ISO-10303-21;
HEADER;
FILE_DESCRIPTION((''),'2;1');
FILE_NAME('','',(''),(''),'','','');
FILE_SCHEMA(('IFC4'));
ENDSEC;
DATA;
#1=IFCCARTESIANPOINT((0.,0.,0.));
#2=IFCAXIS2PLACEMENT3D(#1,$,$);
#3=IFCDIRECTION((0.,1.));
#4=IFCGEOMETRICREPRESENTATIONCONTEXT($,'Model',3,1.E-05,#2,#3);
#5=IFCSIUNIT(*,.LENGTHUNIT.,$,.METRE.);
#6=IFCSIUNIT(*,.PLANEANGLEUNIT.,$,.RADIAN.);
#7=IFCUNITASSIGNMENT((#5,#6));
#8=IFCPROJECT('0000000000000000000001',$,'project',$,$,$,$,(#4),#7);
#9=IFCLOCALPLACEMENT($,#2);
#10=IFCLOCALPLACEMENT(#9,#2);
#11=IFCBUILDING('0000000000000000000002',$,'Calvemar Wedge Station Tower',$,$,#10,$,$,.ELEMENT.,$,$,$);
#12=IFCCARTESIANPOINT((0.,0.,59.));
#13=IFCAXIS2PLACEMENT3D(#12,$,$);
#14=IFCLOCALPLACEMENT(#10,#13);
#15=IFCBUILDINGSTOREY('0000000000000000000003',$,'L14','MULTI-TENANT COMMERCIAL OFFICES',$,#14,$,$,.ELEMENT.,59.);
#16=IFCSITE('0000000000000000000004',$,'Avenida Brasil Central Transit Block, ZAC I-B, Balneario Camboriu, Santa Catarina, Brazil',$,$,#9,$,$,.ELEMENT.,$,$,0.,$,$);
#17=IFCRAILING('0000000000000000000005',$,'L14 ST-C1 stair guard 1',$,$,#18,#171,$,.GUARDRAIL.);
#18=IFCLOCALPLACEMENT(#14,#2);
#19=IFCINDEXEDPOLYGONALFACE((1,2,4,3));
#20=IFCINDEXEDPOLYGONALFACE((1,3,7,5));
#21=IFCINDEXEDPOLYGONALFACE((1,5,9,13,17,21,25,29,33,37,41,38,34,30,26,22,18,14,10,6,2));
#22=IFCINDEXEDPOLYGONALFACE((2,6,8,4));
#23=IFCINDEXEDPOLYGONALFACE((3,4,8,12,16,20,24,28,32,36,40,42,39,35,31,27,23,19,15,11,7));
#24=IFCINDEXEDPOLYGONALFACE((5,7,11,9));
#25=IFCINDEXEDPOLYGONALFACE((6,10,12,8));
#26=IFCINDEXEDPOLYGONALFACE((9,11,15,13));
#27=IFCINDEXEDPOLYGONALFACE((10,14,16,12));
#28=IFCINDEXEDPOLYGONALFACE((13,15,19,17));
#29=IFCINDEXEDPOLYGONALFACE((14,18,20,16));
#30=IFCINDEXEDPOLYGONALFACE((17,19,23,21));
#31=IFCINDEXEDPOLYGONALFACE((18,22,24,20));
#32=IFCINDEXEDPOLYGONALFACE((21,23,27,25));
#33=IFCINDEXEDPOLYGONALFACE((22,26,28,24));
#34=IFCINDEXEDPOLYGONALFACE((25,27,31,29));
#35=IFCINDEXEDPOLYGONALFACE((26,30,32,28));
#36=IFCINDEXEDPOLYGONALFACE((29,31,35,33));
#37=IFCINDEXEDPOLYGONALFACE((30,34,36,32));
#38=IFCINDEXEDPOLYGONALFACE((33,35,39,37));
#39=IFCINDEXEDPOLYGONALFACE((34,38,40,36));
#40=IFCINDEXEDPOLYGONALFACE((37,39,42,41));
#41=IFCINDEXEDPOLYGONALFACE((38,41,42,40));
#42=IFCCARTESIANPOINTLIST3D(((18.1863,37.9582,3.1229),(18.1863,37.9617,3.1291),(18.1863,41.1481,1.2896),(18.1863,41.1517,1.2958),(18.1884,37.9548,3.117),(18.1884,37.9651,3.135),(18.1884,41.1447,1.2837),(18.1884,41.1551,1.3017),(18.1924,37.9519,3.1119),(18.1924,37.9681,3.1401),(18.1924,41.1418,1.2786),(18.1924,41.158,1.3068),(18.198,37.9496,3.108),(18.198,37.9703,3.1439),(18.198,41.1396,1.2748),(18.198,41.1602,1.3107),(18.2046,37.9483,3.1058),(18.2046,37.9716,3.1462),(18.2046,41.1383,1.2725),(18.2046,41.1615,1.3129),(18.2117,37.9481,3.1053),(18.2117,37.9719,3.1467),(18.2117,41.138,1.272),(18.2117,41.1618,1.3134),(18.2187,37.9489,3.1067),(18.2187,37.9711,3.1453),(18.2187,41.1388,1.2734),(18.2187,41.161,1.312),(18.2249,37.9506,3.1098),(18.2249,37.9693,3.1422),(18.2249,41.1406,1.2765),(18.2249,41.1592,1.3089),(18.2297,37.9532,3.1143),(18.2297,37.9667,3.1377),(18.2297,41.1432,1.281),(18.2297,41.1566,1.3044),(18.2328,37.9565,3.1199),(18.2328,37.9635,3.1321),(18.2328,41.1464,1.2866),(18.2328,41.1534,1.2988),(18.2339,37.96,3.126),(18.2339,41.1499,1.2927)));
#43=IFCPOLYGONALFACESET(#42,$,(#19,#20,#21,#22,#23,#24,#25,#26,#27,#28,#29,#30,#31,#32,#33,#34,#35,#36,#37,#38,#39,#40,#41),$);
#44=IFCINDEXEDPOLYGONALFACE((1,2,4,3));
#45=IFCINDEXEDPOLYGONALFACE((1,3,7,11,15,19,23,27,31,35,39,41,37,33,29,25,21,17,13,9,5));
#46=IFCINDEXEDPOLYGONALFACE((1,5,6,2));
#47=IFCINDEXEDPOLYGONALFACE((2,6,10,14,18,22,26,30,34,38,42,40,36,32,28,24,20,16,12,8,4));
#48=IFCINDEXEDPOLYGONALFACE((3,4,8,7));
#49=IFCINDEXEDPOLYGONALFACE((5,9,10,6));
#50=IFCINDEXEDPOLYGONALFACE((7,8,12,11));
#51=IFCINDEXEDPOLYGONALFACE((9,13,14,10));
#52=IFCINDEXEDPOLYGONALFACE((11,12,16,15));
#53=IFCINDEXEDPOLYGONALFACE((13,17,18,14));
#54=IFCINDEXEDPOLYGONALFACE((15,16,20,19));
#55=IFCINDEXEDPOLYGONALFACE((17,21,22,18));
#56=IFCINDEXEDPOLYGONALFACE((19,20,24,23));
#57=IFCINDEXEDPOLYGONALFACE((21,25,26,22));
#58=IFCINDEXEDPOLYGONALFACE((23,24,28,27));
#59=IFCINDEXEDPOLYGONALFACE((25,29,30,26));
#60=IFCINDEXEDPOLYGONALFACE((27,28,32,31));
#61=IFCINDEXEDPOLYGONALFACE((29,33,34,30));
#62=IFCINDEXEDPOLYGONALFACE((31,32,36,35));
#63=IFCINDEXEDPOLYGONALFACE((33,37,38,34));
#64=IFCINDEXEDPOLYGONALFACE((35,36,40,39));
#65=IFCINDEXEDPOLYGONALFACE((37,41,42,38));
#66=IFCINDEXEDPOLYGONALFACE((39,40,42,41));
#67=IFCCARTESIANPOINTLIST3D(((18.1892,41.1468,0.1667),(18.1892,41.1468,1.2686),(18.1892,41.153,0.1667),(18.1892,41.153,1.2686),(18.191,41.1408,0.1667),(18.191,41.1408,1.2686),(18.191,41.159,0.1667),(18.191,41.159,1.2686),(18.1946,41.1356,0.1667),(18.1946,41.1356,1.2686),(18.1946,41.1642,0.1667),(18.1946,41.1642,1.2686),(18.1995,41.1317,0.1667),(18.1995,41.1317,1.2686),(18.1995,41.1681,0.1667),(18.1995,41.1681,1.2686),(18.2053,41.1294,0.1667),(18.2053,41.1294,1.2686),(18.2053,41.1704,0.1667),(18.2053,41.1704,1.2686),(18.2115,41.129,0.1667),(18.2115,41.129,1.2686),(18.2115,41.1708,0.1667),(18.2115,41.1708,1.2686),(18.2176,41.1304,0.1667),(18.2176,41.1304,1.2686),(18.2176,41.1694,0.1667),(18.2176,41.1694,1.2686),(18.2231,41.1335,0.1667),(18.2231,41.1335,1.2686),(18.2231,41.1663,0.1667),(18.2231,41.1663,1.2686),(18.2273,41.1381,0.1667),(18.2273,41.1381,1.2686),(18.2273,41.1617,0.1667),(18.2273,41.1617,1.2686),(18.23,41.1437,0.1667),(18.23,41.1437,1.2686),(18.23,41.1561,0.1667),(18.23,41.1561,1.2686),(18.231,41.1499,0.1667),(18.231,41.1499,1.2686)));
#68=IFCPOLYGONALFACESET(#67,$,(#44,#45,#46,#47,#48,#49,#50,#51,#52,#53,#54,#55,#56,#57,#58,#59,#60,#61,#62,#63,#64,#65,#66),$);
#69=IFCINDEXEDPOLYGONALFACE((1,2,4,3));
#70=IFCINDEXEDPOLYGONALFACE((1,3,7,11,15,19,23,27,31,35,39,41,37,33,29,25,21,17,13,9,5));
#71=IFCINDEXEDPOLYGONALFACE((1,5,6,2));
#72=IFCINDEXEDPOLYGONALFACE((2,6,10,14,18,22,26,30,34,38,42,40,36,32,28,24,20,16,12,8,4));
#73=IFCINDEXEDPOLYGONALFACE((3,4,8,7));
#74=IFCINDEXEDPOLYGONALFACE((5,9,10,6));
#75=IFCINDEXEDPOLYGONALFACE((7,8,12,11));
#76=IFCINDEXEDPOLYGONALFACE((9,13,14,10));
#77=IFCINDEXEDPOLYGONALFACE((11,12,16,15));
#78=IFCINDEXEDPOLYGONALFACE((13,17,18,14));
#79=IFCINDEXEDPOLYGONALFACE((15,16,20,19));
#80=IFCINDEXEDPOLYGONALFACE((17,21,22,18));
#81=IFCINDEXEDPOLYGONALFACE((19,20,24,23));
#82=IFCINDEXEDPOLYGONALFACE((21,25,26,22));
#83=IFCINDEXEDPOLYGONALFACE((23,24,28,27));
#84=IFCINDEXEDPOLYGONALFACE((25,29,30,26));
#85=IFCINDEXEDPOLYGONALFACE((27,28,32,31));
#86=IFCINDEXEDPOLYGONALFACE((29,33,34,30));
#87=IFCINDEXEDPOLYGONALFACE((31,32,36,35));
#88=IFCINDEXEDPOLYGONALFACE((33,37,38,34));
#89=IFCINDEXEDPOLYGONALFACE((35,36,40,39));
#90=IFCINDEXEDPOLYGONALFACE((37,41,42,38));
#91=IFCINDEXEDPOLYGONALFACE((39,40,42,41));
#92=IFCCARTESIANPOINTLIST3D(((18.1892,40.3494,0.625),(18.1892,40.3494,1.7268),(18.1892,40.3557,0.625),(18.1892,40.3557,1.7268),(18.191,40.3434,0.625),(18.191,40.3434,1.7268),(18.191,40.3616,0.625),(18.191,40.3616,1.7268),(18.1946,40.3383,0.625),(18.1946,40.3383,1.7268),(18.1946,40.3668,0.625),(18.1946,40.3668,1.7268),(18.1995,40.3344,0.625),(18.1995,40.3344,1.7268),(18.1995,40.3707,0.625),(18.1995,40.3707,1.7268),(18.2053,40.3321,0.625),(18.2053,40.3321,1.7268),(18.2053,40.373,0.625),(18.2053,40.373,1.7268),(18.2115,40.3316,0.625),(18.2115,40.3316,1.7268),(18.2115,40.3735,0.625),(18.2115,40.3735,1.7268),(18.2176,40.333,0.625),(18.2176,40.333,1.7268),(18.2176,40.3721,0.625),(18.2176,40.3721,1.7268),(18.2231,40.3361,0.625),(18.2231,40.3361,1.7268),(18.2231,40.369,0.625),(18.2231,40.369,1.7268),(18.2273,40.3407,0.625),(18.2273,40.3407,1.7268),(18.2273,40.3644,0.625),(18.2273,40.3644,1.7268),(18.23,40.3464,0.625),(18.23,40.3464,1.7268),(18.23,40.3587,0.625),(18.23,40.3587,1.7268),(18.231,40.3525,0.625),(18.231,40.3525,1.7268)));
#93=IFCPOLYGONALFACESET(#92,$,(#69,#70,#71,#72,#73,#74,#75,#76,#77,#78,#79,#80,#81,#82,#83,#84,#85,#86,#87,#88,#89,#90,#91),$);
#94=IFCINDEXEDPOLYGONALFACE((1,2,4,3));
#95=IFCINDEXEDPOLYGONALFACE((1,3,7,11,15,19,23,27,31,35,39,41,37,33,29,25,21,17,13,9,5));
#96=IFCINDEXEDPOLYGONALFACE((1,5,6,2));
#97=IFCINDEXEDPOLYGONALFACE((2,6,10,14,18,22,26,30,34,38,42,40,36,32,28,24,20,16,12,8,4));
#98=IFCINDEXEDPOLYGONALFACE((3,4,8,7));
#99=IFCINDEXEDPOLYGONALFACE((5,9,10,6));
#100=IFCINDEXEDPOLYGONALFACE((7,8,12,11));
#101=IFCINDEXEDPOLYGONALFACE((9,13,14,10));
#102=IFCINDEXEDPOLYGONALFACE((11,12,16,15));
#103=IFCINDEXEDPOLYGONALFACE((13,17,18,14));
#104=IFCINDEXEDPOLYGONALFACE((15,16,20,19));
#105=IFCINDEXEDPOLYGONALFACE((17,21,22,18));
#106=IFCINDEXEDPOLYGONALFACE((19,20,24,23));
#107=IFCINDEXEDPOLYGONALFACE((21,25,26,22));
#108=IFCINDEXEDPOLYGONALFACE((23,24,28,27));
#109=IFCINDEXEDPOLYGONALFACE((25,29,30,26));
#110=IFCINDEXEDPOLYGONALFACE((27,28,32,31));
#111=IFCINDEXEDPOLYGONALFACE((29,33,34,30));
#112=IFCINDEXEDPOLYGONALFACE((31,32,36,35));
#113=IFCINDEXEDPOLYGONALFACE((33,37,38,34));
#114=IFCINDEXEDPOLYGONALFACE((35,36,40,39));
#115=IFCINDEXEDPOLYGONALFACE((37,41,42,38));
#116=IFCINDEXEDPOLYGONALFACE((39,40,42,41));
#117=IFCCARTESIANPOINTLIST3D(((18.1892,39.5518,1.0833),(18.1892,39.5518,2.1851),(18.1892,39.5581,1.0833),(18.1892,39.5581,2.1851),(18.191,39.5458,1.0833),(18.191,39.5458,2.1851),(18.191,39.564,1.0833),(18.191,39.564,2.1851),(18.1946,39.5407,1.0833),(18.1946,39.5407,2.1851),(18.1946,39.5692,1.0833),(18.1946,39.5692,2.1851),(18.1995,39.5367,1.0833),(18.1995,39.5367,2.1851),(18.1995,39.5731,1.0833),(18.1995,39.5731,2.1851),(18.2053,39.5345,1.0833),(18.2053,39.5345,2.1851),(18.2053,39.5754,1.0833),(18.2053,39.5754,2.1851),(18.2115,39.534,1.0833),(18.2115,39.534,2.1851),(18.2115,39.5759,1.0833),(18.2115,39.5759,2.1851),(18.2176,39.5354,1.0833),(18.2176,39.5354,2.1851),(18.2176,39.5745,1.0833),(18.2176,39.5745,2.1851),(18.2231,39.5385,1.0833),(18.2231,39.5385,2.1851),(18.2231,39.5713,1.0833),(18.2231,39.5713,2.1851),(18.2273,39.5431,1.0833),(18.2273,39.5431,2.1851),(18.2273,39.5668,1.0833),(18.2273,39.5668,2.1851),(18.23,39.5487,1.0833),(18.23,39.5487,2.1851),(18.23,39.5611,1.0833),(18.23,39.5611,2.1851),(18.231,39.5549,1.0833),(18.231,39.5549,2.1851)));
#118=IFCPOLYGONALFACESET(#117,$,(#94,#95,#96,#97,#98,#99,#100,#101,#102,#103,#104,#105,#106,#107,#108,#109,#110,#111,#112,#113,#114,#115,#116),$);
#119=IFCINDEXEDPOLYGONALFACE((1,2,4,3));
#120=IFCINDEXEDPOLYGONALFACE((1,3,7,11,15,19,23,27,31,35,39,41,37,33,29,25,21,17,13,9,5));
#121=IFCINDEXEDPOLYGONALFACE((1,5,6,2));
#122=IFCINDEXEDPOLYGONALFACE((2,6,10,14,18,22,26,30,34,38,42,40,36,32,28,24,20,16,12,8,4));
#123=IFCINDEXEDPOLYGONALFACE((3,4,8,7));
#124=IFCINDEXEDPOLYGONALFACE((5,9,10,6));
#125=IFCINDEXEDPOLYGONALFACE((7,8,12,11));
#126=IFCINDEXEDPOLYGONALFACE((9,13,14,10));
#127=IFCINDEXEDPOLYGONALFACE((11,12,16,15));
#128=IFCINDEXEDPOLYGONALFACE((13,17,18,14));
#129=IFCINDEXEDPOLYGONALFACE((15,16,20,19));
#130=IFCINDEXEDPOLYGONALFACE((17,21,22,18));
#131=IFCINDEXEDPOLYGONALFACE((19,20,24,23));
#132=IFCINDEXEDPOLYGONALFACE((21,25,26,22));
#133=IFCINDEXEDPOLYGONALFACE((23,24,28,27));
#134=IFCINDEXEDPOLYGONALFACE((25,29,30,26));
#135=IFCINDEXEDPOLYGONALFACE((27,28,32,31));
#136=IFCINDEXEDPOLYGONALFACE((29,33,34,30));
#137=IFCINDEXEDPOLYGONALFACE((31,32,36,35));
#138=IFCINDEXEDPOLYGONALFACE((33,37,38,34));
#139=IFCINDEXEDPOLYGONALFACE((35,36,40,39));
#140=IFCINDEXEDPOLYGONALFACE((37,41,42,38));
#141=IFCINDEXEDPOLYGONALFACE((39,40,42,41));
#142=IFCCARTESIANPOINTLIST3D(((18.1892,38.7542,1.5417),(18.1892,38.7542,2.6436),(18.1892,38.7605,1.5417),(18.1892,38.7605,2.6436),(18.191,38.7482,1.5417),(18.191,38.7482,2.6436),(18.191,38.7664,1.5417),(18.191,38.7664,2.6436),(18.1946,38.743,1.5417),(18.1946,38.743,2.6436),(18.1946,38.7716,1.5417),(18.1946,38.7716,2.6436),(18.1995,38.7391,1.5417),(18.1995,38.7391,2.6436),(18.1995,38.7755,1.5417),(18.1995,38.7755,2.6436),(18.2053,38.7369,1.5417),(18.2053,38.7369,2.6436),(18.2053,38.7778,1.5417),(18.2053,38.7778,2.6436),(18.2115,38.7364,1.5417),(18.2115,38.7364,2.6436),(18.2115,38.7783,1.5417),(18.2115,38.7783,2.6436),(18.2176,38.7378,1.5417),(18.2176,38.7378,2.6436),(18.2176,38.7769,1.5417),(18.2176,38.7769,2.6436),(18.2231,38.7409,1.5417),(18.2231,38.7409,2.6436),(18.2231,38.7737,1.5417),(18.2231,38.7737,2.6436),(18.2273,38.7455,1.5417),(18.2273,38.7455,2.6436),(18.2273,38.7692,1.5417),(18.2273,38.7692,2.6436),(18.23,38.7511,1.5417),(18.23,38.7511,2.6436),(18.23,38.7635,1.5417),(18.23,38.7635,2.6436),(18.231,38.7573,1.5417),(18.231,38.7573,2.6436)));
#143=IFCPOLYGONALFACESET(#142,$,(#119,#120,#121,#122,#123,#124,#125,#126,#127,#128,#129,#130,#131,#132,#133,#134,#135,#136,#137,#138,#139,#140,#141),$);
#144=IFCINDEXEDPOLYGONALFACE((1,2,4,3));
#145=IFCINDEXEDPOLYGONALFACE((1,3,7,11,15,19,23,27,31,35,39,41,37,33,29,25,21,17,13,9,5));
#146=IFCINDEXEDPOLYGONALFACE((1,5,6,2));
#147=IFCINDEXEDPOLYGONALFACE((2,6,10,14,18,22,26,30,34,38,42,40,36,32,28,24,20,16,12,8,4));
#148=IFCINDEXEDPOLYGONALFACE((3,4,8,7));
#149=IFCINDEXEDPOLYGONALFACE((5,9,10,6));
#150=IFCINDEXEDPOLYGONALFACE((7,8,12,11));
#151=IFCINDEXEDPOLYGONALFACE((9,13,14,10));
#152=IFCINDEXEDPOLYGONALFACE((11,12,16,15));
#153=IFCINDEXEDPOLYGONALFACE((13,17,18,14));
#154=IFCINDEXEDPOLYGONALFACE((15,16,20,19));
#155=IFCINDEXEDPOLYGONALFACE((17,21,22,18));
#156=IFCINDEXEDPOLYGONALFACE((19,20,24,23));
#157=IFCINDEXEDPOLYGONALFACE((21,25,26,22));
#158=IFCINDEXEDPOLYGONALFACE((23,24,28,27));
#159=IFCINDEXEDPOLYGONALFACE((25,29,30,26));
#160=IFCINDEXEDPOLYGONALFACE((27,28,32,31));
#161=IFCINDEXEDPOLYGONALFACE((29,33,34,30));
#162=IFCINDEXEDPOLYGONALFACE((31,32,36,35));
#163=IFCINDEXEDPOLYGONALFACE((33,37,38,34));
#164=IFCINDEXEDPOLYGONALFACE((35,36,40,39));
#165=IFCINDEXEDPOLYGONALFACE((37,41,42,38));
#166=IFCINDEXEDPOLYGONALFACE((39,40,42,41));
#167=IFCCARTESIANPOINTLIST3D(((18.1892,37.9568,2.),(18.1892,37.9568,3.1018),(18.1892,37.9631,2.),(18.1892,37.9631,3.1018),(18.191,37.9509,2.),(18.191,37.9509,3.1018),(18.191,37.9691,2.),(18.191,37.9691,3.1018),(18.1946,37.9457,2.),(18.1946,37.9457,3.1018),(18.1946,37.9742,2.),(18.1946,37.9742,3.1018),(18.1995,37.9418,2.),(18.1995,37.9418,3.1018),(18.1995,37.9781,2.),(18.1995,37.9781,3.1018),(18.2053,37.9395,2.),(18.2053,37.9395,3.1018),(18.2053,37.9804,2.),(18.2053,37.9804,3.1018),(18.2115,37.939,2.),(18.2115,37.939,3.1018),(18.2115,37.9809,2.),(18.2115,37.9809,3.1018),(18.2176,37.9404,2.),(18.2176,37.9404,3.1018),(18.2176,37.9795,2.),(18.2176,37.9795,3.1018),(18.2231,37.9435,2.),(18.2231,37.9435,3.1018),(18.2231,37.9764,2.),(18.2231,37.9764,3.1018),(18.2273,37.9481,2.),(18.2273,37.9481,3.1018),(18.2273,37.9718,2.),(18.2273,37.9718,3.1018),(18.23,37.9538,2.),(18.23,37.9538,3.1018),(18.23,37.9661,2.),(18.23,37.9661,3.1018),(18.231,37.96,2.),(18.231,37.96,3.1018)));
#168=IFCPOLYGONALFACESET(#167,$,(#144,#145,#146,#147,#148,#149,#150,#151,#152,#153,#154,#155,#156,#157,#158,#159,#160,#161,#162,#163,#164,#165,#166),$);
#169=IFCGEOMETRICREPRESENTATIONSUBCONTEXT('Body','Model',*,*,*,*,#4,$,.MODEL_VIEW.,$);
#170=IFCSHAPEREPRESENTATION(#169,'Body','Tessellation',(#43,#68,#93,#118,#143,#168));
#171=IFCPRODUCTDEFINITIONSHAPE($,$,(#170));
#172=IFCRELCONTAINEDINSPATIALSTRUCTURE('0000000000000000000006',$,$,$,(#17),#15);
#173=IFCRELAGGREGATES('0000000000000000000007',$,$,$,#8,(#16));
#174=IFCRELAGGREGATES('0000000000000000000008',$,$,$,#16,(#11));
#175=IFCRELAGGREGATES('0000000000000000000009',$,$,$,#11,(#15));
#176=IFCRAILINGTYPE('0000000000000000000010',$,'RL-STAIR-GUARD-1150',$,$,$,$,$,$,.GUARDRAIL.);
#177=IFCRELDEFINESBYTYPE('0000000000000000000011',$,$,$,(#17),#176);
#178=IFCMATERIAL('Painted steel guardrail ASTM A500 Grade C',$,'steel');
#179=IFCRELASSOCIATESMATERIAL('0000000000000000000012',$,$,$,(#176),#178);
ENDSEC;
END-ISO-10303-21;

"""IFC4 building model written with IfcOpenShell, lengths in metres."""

from ifc_helpers import new_model, si_unit, direction, frame, origin, origin_2d, place, context, subcontext, project, spatial, circle, extrude, material, type_object, element, save


model = new_model("IFC4")

# Units and contexts
model_context = context("Model", 3, precision=1e-05, world=origin(), true_north=direction((0.0, 1.0)))
body_context = subcontext(model_context, "Body", "Model", "MODEL_VIEW")
ifc_project = project(units=[si_unit("LENGTHUNIT", "METRE"), si_unit("PLANEANGLEUNIT", "RADIAN")], contexts=[model_context])

# Site, building, storey
site_placement = place(None, origin())
site = spatial("IfcSite", under=ifc_project, at=site_placement, Name="Avenida Brasil Central Transit Block, ZAC I-B, Balneario Camboriu, Santa Catarina, Brazil", CompositionType="ELEMENT", RefElevation=0.0)
building_placement = place(site_placement, origin())
building = spatial("IfcBuilding", under=site, at=building_placement, Name="Calvemar Wedge Station Tower", CompositionType="ELEMENT")
storey_placement = place(building_placement, frame((0.0, 0.0, 59.0)))
storey = spatial("IfcBuildingStorey", under=building, at=storey_placement, Name="L14", Description="MULTI-TENANT COMMERCIAL OFFICES", CompositionType="ELEMENT", Elevation=59.0)

# Railing
ifc_material_1 = material(Name="Painted steel guardrail ASTM A500 Grade C", Category="steel")
railing_type_1 = type_object("IfcRailingType", Name="RL-STAIR-GUARD-1150", PredefinedType="GUARDRAIL", material=ifc_material_1)
railing_1_placement = place(storey_placement, frame((18.21, 41.1499, 0.1667)))
element("IfcRailing", 1, at=railing_1_placement, inside=storey, type_object=railing_type_1, Name="L14 ST-C1 stair guard 1", PredefinedType="GUARDRAIL", context=body_context, shape_type="SweptSolid", body=[
    extrude(circle(Radius=0.0239, at=origin_2d()), frame((0.0, 0.0, 1.126), z_axis=(0.0, -0.86702, 0.498274), x_axis=(1.0, 0.0, 0.0)), (0.0, 0.0, 1.0), 3.6792),
    extrude(circle(Radius=0.021, at=origin_2d()), origin(), (0.0, 0.0, 1.0), 1.1018),
    extrude(circle(Radius=0.021, at=origin_2d()), frame((0.0, -0.7974, 0.4583)), (0.0, 0.0, 1.0), 1.1018),
    extrude(circle(Radius=0.021, at=origin_2d()), frame((0.0, -1.595, 0.9165)), (0.0, 0.0, 1.0), 1.1018),
    extrude(circle(Radius=0.021, at=origin_2d()), frame((0.0, -2.3926, 1.375)), (0.0, 0.0, 1.0), 1.1018),
    extrude(circle(Radius=0.021, at=origin_2d()), frame((0.0, -3.1899, 1.8333)), (0.0, 0.0, 1.0), 1.1018),
])

save(model, "model.ifc")
